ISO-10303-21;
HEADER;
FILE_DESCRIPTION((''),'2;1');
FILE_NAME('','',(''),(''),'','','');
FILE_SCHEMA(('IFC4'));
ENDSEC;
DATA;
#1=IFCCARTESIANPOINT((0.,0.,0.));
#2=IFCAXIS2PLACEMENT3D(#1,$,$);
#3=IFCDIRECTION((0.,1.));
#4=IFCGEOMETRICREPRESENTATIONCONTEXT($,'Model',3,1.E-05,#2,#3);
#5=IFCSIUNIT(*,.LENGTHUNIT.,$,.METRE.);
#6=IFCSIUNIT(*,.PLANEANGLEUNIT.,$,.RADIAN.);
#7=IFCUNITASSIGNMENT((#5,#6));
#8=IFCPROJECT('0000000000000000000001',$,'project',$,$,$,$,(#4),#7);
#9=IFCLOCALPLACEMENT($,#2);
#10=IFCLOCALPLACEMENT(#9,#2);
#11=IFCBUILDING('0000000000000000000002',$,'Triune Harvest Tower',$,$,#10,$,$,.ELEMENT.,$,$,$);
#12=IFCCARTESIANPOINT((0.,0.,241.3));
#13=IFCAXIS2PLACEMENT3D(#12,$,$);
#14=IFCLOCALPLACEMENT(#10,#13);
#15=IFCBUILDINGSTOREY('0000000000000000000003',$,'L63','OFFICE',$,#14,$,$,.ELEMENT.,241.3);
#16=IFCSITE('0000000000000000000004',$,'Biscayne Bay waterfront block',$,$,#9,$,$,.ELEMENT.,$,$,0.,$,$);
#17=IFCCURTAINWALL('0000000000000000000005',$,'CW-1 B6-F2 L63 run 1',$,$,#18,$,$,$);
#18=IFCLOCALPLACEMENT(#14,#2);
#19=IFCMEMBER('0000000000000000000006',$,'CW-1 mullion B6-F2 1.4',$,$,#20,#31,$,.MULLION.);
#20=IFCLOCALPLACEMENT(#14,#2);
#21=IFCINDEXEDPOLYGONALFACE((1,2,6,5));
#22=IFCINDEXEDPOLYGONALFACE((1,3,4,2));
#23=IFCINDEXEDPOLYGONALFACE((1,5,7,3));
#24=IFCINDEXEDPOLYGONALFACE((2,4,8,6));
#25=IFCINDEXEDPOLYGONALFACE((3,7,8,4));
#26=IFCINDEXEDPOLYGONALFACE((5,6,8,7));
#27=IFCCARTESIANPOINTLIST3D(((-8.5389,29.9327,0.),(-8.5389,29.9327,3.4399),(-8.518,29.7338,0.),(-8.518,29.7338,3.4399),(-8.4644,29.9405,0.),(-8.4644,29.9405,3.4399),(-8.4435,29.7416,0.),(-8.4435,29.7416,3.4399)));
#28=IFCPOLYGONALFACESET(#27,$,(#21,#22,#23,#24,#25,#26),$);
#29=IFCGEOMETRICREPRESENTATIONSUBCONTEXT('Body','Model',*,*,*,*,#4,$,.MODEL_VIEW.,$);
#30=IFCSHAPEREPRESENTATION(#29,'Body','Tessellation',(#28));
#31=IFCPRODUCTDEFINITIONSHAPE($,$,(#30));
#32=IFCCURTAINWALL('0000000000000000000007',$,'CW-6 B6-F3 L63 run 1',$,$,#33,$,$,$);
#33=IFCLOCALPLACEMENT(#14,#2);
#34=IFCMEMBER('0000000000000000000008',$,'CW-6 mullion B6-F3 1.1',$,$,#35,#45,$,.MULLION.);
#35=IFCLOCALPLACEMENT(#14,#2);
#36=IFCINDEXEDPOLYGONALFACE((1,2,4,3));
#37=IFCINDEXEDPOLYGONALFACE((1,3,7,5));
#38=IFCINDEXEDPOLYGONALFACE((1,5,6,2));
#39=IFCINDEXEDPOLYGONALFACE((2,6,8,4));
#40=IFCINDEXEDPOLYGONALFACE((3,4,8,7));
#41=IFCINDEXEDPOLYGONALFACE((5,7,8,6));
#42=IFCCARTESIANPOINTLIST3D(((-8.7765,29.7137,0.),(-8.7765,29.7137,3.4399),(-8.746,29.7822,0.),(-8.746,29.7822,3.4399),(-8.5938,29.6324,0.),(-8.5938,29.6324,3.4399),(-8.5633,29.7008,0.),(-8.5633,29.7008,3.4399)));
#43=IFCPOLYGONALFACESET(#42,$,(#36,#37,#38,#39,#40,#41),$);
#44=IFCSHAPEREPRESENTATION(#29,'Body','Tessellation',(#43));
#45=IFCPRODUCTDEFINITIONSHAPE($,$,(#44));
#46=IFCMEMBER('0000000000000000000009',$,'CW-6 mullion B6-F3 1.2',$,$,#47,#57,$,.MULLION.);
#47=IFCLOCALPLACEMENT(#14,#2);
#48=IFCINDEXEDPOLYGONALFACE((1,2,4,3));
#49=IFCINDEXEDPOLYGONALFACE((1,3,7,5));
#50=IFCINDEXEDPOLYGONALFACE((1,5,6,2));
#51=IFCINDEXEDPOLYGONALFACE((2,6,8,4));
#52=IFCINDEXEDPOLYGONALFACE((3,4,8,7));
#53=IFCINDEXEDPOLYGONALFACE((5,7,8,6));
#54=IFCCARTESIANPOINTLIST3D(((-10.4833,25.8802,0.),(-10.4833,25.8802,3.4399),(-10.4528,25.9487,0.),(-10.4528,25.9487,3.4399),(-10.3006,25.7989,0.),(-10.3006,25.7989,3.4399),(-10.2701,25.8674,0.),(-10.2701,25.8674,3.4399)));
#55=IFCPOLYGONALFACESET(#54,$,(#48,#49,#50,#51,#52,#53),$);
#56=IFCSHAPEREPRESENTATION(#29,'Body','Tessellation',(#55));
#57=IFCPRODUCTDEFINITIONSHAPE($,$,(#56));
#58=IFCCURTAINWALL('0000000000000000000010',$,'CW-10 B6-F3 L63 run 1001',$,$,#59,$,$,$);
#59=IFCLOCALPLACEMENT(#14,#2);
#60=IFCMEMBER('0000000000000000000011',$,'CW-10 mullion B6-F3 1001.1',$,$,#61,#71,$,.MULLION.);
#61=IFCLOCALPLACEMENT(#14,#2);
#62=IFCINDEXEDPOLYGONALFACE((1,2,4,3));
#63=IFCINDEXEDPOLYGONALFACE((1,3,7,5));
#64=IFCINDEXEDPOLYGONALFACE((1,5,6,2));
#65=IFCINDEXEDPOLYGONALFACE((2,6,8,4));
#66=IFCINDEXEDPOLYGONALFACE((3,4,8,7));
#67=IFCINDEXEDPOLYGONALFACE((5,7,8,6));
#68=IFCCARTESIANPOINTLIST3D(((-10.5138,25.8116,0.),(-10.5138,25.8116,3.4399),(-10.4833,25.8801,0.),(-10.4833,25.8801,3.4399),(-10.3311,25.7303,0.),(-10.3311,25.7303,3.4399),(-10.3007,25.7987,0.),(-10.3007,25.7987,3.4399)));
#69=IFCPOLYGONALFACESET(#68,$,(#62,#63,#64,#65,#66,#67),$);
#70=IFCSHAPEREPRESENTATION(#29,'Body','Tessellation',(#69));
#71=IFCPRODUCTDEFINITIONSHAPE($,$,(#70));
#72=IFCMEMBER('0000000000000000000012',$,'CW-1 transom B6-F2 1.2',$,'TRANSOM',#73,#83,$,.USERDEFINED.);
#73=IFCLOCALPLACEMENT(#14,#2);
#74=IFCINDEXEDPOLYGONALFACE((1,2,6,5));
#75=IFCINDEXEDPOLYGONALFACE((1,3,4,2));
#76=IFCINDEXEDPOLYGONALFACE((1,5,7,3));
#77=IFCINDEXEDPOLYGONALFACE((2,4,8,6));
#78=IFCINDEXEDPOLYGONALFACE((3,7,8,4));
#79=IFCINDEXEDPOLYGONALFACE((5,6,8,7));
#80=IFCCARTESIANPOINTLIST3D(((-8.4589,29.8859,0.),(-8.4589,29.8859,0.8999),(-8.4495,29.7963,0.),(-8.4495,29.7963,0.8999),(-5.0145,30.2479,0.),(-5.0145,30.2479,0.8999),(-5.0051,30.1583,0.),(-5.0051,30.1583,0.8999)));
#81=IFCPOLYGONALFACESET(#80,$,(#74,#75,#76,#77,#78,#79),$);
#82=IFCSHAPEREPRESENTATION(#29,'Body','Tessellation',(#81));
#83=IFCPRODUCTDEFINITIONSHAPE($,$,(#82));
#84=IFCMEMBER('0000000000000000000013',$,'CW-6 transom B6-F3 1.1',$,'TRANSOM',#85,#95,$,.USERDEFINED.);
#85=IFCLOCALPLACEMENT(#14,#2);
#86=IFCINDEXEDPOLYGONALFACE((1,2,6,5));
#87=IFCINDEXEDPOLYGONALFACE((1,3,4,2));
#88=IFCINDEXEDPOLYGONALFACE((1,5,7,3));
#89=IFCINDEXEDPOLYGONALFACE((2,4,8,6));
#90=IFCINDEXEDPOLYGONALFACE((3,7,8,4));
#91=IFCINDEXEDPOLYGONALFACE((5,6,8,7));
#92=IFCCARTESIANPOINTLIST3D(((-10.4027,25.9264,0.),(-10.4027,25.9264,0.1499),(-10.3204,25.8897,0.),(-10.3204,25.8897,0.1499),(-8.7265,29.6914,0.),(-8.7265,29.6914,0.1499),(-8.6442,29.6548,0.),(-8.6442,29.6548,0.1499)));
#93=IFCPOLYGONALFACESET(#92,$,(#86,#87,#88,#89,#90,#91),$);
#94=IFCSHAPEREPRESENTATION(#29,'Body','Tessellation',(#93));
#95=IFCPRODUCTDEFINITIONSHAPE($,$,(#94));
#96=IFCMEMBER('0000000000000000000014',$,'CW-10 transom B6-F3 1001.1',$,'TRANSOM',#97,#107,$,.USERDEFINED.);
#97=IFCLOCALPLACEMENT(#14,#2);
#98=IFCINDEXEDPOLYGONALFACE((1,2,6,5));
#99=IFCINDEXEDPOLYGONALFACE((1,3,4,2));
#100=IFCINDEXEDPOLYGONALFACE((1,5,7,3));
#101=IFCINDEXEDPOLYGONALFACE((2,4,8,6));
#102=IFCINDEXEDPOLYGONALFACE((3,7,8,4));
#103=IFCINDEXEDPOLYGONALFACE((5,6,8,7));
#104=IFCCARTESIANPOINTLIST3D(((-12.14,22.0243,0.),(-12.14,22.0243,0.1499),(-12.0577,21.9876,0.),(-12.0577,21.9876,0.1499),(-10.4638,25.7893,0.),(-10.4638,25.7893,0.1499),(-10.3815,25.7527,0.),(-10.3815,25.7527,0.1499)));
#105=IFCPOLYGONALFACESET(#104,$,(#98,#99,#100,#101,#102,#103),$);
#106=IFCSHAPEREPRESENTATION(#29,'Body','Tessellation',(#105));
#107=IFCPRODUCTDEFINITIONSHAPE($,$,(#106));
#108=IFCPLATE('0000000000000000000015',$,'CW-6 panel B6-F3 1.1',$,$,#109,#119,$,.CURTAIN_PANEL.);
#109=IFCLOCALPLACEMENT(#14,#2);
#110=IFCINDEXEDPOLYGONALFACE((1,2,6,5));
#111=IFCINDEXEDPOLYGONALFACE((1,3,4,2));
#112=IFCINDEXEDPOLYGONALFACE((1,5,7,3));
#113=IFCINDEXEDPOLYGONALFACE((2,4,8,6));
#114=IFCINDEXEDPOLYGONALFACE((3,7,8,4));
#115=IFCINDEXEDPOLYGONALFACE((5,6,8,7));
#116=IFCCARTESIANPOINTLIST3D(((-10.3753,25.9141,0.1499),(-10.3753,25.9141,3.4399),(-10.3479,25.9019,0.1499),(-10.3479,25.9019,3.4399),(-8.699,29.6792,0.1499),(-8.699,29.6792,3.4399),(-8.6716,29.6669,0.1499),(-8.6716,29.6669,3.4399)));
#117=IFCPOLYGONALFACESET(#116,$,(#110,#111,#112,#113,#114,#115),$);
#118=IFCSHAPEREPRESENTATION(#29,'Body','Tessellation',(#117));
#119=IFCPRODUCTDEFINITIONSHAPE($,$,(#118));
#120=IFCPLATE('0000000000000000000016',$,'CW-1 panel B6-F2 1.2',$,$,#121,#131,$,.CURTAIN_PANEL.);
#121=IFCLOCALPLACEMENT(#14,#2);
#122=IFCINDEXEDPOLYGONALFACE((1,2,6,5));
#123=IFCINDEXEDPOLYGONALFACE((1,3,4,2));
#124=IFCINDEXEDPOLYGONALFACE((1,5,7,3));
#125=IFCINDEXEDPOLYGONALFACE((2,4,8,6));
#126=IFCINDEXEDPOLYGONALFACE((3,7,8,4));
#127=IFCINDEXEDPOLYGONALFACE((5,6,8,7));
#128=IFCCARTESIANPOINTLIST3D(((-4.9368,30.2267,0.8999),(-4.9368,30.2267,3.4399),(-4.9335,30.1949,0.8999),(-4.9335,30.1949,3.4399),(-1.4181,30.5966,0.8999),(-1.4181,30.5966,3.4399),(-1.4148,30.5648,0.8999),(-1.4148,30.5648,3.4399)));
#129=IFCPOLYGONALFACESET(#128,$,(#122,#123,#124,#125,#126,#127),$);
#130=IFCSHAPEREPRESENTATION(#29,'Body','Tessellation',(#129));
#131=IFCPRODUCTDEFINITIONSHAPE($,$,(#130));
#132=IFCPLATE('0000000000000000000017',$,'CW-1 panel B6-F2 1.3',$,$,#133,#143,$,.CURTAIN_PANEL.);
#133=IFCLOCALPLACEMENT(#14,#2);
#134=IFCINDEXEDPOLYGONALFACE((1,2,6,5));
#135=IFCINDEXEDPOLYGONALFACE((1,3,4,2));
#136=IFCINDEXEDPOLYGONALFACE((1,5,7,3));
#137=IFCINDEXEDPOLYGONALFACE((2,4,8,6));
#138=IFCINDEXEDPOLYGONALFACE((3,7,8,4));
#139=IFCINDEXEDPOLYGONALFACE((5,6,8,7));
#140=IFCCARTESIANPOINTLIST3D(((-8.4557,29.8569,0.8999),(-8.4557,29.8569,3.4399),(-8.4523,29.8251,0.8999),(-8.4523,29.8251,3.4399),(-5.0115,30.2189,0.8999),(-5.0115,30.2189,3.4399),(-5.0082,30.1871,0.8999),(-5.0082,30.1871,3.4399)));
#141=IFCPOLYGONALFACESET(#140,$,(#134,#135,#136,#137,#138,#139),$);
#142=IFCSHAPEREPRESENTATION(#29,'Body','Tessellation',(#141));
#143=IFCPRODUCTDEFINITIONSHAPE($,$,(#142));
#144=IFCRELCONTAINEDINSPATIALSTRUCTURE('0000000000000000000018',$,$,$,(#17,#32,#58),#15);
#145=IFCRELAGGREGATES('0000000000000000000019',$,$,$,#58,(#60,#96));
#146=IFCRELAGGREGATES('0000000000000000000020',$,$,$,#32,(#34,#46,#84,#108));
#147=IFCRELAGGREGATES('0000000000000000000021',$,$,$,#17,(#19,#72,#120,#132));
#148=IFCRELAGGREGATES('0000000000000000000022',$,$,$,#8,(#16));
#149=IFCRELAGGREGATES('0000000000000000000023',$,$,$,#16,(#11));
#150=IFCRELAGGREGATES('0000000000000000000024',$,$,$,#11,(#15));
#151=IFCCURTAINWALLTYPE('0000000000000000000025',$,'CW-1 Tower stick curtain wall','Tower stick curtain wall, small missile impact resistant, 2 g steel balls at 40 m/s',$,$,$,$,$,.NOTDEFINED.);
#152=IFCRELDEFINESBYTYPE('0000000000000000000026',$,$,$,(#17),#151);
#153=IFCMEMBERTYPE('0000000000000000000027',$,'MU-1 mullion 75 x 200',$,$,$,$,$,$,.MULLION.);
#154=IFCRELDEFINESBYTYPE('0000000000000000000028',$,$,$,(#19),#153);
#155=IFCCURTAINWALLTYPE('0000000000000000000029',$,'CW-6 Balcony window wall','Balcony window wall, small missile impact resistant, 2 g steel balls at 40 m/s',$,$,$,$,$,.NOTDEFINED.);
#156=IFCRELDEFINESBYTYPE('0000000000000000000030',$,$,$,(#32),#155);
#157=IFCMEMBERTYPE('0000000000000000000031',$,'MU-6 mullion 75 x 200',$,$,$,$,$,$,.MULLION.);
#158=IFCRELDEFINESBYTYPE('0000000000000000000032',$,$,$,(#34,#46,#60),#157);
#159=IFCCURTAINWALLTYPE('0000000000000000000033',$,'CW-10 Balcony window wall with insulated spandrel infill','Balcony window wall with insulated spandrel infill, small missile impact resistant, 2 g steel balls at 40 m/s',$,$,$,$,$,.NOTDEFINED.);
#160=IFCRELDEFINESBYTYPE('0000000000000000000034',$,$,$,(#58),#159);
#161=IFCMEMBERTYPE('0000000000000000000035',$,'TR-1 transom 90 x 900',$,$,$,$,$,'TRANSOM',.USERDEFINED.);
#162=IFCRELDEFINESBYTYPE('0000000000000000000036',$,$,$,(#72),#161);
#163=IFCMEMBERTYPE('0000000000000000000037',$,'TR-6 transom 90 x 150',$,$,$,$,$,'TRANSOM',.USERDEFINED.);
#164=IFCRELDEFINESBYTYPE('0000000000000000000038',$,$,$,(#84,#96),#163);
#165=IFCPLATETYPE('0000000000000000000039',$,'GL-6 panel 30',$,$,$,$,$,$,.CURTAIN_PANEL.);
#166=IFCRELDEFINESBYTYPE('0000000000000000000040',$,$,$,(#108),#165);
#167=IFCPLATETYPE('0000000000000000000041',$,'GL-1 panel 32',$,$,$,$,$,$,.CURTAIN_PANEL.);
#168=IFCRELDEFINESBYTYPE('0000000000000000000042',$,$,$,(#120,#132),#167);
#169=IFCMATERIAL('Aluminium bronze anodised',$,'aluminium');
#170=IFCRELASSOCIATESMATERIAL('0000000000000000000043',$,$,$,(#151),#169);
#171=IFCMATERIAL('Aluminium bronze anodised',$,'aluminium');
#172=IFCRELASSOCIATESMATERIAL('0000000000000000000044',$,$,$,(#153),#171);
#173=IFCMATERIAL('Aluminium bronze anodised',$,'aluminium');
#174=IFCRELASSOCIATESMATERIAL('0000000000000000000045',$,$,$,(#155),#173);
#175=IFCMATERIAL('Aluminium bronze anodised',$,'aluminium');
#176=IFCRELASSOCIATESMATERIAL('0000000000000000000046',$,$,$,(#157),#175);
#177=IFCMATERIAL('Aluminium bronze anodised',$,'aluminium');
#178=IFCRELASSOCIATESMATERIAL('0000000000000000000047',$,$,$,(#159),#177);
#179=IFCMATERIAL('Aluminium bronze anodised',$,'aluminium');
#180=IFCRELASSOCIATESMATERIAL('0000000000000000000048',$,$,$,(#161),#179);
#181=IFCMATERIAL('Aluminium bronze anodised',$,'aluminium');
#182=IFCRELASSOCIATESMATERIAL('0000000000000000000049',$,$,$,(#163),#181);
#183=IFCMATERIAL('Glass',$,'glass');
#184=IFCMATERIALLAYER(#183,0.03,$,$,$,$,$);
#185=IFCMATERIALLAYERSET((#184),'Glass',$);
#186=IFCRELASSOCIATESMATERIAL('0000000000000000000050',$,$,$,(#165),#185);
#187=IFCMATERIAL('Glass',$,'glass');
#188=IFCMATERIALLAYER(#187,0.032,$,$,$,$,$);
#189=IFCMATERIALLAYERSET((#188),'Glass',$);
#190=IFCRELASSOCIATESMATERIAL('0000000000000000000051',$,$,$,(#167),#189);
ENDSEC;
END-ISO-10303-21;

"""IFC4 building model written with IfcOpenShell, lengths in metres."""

from ifc_helpers import new_model, si_unit, direction, frame, origin, origin_2d, place, context, subcontext, project, spatial, rectangle, extrude, source, transform, mapped, material, layer, layer_set, material_profile, profile_set, type_object, element, aggregate, save


model = new_model("IFC4")

# Units and contexts
model_context = context("Model", 3, precision=1e-05, world=origin(), true_north=direction((0.0, 1.0)))
body_context = subcontext(model_context, "Body", "Model", "MODEL_VIEW")
ifc_project = project(units=[si_unit("LENGTHUNIT", "METRE"), si_unit("PLANEANGLEUNIT", "RADIAN")], contexts=[model_context])

# Site, building, storey
site_placement = place(None, origin())
site = spatial("IfcSite", under=ifc_project, at=site_placement, Name="Biscayne Bay waterfront block", CompositionType="ELEMENT", RefElevation=0.0)
building_placement = place(site_placement, origin())
building = spatial("IfcBuilding", under=site, at=building_placement, Name="Triune Harvest Tower", CompositionType="ELEMENT")
storey_placement = place(building_placement, frame((0.0, 0.0, 241.3)))
storey = spatial("IfcBuildingStorey", under=building, at=storey_placement, Name="L63", Description="OFFICE", CompositionType="ELEMENT", Elevation=241.3)

# Curtain walls, members
ifc_material_1 = material(Name="Aluminium bronze anodised", Category="aluminium")
curtain_wall_type_1 = type_object("IfcCurtainWallType", Name="CW-1 Tower stick curtain wall", Description="Tower stick curtain wall, small missile impact resistant, 2 g steel balls at 40 m/s", PredefinedType="NOTDEFINED", material=ifc_material_1)
curtain_wall_1_placement = place(storey_placement, origin())
curtain_wall_1 = element("IfcCurtainWall", 1, at=curtain_wall_1_placement, inside=storey, type_object=curtain_wall_type_1, Name="CW-1 B6-F2 L63 run 1")
ifc_material_2 = material(Name="Aluminium bronze anodised", Category="aluminium")
ifc_material_profile_1 = material_profile(ifc_material_2, rectangle(XDim=0.2, YDim=0.075, at=origin_2d()), Name="MU-1 mullion 75 x 200")
ifc_profile_set_1 = profile_set([ifc_material_profile_1], Name="Aluminium bronze anodised")
member_type_1 = type_object("IfcMemberType", Name="MU-1 mullion 75 x 200", PredefinedType="MULLION", material=ifc_profile_set_1)
shared_shape_1 = source(origin(), body_context, "Body", "SweptSolid", [
    extrude(rectangle(XDim=0.2, YDim=0.075, at=origin_2d()), origin(), (0.0, 0.0, 1.0), 3.4399),
])
member_1_placement = place(storey_placement, frame((-8.4912, 29.8372, 0.0), z_axis=(0.0, 0.0, 1.0), x_axis=(0.10453, -0.994522, 0.0)))
member_1 = element("IfcMember", 2, at=member_1_placement, type_object=member_type_1, Name="CW-1 mullion B6-F2 1.4", PredefinedType="MULLION", context=body_context, shape_type="MappedRepresentation", body=[
    mapped(shared_shape_1, transform((0.0, 0.0, 0.0), scale=1.0)),
])
ifc_material_3 = material(Name="Aluminium bronze anodised", Category="aluminium")
curtain_wall_type_2 = type_object("IfcCurtainWallType", Name="CW-6 Balcony window wall", Description="Balcony window wall, small missile impact resistant, 2 g steel balls at 40 m/s", PredefinedType="NOTDEFINED", material=ifc_material_3)
curtain_wall_2_placement = place(storey_placement, origin())
curtain_wall_2 = element("IfcCurtainWall", 3, at=curtain_wall_2_placement, inside=storey, type_object=curtain_wall_type_2, Name="CW-6 B6-F3 L63 run 1")
ifc_material_4 = material(Name="Aluminium bronze anodised", Category="aluminium")
ifc_material_profile_2 = material_profile(ifc_material_4, rectangle(XDim=0.2, YDim=0.075, at=origin_2d()), Name="MU-6 mullion 75 x 200")
ifc_profile_set_2 = profile_set([ifc_material_profile_2], Name="Aluminium bronze anodised")
member_type_2 = type_object("IfcMemberType", Name="MU-6 mullion 75 x 200", PredefinedType="MULLION", material=ifc_profile_set_2)
shared_shape_2 = source(origin(), body_context, "Body", "SweptSolid", [
    extrude(rectangle(XDim=0.2, YDim=0.075, at=origin_2d()), origin(), (0.0, 0.0, 1.0), 3.4399),
])
member_2_placement = place(storey_placement, frame((-8.6699, 29.7073, 0.0), z_axis=(0.0, 0.0, 1.0), x_axis=(0.913548, -0.406732, 0.0)))
member_2 = element("IfcMember", 4, at=member_2_placement, type_object=member_type_2, Name="CW-6 mullion B6-F3 1.1", PredefinedType="MULLION", context=body_context, shape_type="MappedRepresentation", body=[
    mapped(shared_shape_2, transform((0.0, 0.0, 0.0), scale=1.0)),
])
member_3_placement = place(storey_placement, frame((-10.3767, 25.8738, 0.0), z_axis=(0.0, 0.0, 1.0), x_axis=(0.913548, -0.406732, 0.0)))
member_3 = element("IfcMember", 5, at=member_3_placement, type_object=member_type_2, Name="CW-6 mullion B6-F3 1.2", PredefinedType="MULLION", context=body_context, shape_type="MappedRepresentation", body=[
    mapped(shared_shape_2, transform((0.0, 0.0, 0.0), scale=1.0)),
])

# Curtain wall, member
ifc_material_5 = material(Name="Aluminium bronze anodised", Category="aluminium")
curtain_wall_type_3 = type_object("IfcCurtainWallType", Name="CW-10 Balcony window wall with insulated spandrel infill", Description="Balcony window wall with insulated spandrel infill, small missile impact resistant, 2 g steel balls at 40 m/s", PredefinedType="NOTDEFINED", material=ifc_material_5)
curtain_wall_3_placement = place(storey_placement, origin())
curtain_wall_3 = element("IfcCurtainWall", 6, at=curtain_wall_3_placement, inside=storey, type_object=curtain_wall_type_3, Name="CW-10 B6-F3 L63 run 1001")
member_4_placement = place(storey_placement, frame((-10.4072, 25.8052, 0.0), z_axis=(0.0, 0.0, 1.0), x_axis=(0.913542, -0.406744, 0.0)))
member_4 = element("IfcMember", 7, at=member_4_placement, type_object=member_type_2, Name="CW-10 mullion B6-F3 1001.1", PredefinedType="MULLION", context=body_context, shape_type="MappedRepresentation", body=[
    mapped(shared_shape_2, transform((0.0, 0.0, 0.0), scale=1.0)),
])

# Members
ifc_material_6 = material(Name="Aluminium bronze anodised", Category="aluminium")
ifc_material_profile_3 = material_profile(ifc_material_6, rectangle(XDim=0.0901, YDim=0.8999, at=origin_2d()), Name="TR-1 transom 90 x 900")
ifc_profile_set_3 = profile_set([ifc_material_profile_3], Name="Aluminium bronze anodised")
member_type_3 = type_object("IfcMemberType", Name="TR-1 transom 90 x 900", ElementType="TRANSOM", PredefinedType="USERDEFINED", material=ifc_profile_set_3)
shared_shape_3 = source(origin(), body_context, "Body", "SweptSolid", [
    extrude(rectangle(XDim=0.0901, YDim=0.8999, at=origin_2d()), origin(), (0.0, 0.0, 1.0), 3.4634),
])
member_5_placement = place(storey_placement, frame((-5.0098, 30.2031, 0.45), z_axis=(-0.994521, -0.104542, 0.0), x_axis=(0.104542, -0.994521, 0.0)))
member_5 = element("IfcMember", 8, at=member_5_placement, type_object=member_type_3, Name="CW-1 transom B6-F2 1.2", ObjectType="TRANSOM", PredefinedType="USERDEFINED", context=body_context, shape_type="MappedRepresentation", body=[
    mapped(shared_shape_3, transform((0.0, 0.0, 0.0), scale=1.0)),
])
ifc_material_7 = material(Name="Aluminium bronze anodised", Category="aluminium")
ifc_material_profile_4 = material_profile(ifc_material_7, rectangle(XDim=0.0901, YDim=0.1499, at=origin_2d()), Name="TR-6 transom 90 x 150")
ifc_profile_set_4 = profile_set([ifc_material_profile_4], Name="Aluminium bronze anodised")
member_type_4 = type_object("IfcMemberType", Name="TR-6 transom 90 x 150", ElementType="TRANSOM", PredefinedType="USERDEFINED", material=ifc_profile_set_4)
shared_shape_4 = source(origin(), body_context, "Body", "SweptSolid", [
    extrude(rectangle(XDim=0.0901, YDim=0.1499, at=origin_2d()), origin(), (0.0, 0.0, 1.0), 4.1213),
])
member_6_placement = place(storey_placement, frame((-8.6853, 29.6731, 0.075), z_axis=(-0.406721, -0.913552, 0.0), x_axis=(0.913552, -0.406721, 0.0)))
member_6 = element("IfcMember", 9, at=member_6_placement, type_object=member_type_4, Name="CW-6 transom B6-F3 1.1", ObjectType="TRANSOM", PredefinedType="USERDEFINED", context=body_context, shape_type="MappedRepresentation", body=[
    mapped(shared_shape_4, transform((0.0, 0.0, 0.0), scale=1.0)),
])
member_7_placement = place(storey_placement, frame((-10.4226, 25.771, 0.075), z_axis=(-0.406721, -0.913552, 0.0), x_axis=(0.913552, -0.406721, 0.0)))
member_7 = element("IfcMember", 10, at=member_7_placement, type_object=member_type_4, Name="CW-10 transom B6-F3 1001.1", ObjectType="TRANSOM", PredefinedType="USERDEFINED", context=body_context, shape_type="MappedRepresentation", body=[
    mapped(shared_shape_4, transform((0.0, 0.0, 0.0), scale=1.0)),
])
aggregate(curtain_wall_3, [member_4, member_7])

# Plates
ifc_material_8 = material(Name="Glass", Category="glass")
ifc_layer_1 = layer(ifc_material_8, 0.03)
ifc_layer_set_1 = layer_set([ifc_layer_1], Name="Glass")
plate_type_1 = type_object("IfcPlateType", Name="GL-6 panel 30", PredefinedType="CURTAIN_PANEL", material=ifc_layer_set_1)
plate_1_placement = place(storey_placement, frame((-9.5234, 27.7905, 0.1499), z_axis=(0.0, 0.0, 1.0), x_axis=(-0.406732, -0.913548, 0.0)))
plate_1 = element("IfcPlate", 11, at=plate_1_placement, type_object=plate_type_1, Name="CW-6 panel B6-F3 1.1", PredefinedType="CURTAIN_PANEL", context=body_context, shape_type="SweptSolid", body=[
    extrude(rectangle(XDim=4.1213, YDim=0.03, at=origin_2d()), origin(), (0.0, 0.0, 1.0), 3.29),
])
aggregate(curtain_wall_2, [member_2, member_3, member_6, plate_1])
ifc_material_9 = material(Name="Glass", Category="glass")
ifc_layer_2 = layer(ifc_material_9, 0.032)
ifc_layer_set_2 = layer_set([ifc_layer_2], Name="Glass")
plate_type_2 = type_object("IfcPlateType", Name="GL-1 panel 32", PredefinedType="CURTAIN_PANEL", material=ifc_layer_set_2)
shared_shape_5 = source(origin(), body_context, "Body", "SweptSolid", [
    extrude(rectangle(XDim=3.5381, YDim=0.032, at=origin_2d()), origin(), (0.0, 0.0, 1.0), 2.54),
])
plate_2_placement = place(storey_placement, frame((-3.1758, 30.3958, 0.8999), z_axis=(0.0, 0.0, 1.0), x_axis=(-0.994522, -0.10453, 0.0)))
plate_2 = element("IfcPlate", 12, at=plate_2_placement, type_object=plate_type_2, Name="CW-1 panel B6-F2 1.2", PredefinedType="CURTAIN_PANEL", context=body_context, shape_type="MappedRepresentation", body=[
    mapped(shared_shape_5, transform((0.0, 0.0, 0.0), scale=1.0)),
])
shared_shape_6 = source(origin(), body_context, "Body", "SweptSolid", [
    extrude(rectangle(XDim=3.4631, YDim=0.032, at=origin_2d()), origin(), (0.0, 0.0, 1.0), 2.54),
])
plate_3_placement = place(storey_placement, frame((-6.7319, 30.022, 0.8999), z_axis=(0.0, 0.0, 1.0), x_axis=(-0.994522, -0.10453, 0.0)))
plate_3 = element("IfcPlate", 13, at=plate_3_placement, type_object=plate_type_2, Name="CW-1 panel B6-F2 1.3", PredefinedType="CURTAIN_PANEL", context=body_context, shape_type="MappedRepresentation", body=[
    mapped(shared_shape_6, transform((0.0, 0.0, 0.0), scale=1.0)),
])
aggregate(curtain_wall_1, [member_1, member_5, plate_2, plate_3])

save(model, "model.ifc")
